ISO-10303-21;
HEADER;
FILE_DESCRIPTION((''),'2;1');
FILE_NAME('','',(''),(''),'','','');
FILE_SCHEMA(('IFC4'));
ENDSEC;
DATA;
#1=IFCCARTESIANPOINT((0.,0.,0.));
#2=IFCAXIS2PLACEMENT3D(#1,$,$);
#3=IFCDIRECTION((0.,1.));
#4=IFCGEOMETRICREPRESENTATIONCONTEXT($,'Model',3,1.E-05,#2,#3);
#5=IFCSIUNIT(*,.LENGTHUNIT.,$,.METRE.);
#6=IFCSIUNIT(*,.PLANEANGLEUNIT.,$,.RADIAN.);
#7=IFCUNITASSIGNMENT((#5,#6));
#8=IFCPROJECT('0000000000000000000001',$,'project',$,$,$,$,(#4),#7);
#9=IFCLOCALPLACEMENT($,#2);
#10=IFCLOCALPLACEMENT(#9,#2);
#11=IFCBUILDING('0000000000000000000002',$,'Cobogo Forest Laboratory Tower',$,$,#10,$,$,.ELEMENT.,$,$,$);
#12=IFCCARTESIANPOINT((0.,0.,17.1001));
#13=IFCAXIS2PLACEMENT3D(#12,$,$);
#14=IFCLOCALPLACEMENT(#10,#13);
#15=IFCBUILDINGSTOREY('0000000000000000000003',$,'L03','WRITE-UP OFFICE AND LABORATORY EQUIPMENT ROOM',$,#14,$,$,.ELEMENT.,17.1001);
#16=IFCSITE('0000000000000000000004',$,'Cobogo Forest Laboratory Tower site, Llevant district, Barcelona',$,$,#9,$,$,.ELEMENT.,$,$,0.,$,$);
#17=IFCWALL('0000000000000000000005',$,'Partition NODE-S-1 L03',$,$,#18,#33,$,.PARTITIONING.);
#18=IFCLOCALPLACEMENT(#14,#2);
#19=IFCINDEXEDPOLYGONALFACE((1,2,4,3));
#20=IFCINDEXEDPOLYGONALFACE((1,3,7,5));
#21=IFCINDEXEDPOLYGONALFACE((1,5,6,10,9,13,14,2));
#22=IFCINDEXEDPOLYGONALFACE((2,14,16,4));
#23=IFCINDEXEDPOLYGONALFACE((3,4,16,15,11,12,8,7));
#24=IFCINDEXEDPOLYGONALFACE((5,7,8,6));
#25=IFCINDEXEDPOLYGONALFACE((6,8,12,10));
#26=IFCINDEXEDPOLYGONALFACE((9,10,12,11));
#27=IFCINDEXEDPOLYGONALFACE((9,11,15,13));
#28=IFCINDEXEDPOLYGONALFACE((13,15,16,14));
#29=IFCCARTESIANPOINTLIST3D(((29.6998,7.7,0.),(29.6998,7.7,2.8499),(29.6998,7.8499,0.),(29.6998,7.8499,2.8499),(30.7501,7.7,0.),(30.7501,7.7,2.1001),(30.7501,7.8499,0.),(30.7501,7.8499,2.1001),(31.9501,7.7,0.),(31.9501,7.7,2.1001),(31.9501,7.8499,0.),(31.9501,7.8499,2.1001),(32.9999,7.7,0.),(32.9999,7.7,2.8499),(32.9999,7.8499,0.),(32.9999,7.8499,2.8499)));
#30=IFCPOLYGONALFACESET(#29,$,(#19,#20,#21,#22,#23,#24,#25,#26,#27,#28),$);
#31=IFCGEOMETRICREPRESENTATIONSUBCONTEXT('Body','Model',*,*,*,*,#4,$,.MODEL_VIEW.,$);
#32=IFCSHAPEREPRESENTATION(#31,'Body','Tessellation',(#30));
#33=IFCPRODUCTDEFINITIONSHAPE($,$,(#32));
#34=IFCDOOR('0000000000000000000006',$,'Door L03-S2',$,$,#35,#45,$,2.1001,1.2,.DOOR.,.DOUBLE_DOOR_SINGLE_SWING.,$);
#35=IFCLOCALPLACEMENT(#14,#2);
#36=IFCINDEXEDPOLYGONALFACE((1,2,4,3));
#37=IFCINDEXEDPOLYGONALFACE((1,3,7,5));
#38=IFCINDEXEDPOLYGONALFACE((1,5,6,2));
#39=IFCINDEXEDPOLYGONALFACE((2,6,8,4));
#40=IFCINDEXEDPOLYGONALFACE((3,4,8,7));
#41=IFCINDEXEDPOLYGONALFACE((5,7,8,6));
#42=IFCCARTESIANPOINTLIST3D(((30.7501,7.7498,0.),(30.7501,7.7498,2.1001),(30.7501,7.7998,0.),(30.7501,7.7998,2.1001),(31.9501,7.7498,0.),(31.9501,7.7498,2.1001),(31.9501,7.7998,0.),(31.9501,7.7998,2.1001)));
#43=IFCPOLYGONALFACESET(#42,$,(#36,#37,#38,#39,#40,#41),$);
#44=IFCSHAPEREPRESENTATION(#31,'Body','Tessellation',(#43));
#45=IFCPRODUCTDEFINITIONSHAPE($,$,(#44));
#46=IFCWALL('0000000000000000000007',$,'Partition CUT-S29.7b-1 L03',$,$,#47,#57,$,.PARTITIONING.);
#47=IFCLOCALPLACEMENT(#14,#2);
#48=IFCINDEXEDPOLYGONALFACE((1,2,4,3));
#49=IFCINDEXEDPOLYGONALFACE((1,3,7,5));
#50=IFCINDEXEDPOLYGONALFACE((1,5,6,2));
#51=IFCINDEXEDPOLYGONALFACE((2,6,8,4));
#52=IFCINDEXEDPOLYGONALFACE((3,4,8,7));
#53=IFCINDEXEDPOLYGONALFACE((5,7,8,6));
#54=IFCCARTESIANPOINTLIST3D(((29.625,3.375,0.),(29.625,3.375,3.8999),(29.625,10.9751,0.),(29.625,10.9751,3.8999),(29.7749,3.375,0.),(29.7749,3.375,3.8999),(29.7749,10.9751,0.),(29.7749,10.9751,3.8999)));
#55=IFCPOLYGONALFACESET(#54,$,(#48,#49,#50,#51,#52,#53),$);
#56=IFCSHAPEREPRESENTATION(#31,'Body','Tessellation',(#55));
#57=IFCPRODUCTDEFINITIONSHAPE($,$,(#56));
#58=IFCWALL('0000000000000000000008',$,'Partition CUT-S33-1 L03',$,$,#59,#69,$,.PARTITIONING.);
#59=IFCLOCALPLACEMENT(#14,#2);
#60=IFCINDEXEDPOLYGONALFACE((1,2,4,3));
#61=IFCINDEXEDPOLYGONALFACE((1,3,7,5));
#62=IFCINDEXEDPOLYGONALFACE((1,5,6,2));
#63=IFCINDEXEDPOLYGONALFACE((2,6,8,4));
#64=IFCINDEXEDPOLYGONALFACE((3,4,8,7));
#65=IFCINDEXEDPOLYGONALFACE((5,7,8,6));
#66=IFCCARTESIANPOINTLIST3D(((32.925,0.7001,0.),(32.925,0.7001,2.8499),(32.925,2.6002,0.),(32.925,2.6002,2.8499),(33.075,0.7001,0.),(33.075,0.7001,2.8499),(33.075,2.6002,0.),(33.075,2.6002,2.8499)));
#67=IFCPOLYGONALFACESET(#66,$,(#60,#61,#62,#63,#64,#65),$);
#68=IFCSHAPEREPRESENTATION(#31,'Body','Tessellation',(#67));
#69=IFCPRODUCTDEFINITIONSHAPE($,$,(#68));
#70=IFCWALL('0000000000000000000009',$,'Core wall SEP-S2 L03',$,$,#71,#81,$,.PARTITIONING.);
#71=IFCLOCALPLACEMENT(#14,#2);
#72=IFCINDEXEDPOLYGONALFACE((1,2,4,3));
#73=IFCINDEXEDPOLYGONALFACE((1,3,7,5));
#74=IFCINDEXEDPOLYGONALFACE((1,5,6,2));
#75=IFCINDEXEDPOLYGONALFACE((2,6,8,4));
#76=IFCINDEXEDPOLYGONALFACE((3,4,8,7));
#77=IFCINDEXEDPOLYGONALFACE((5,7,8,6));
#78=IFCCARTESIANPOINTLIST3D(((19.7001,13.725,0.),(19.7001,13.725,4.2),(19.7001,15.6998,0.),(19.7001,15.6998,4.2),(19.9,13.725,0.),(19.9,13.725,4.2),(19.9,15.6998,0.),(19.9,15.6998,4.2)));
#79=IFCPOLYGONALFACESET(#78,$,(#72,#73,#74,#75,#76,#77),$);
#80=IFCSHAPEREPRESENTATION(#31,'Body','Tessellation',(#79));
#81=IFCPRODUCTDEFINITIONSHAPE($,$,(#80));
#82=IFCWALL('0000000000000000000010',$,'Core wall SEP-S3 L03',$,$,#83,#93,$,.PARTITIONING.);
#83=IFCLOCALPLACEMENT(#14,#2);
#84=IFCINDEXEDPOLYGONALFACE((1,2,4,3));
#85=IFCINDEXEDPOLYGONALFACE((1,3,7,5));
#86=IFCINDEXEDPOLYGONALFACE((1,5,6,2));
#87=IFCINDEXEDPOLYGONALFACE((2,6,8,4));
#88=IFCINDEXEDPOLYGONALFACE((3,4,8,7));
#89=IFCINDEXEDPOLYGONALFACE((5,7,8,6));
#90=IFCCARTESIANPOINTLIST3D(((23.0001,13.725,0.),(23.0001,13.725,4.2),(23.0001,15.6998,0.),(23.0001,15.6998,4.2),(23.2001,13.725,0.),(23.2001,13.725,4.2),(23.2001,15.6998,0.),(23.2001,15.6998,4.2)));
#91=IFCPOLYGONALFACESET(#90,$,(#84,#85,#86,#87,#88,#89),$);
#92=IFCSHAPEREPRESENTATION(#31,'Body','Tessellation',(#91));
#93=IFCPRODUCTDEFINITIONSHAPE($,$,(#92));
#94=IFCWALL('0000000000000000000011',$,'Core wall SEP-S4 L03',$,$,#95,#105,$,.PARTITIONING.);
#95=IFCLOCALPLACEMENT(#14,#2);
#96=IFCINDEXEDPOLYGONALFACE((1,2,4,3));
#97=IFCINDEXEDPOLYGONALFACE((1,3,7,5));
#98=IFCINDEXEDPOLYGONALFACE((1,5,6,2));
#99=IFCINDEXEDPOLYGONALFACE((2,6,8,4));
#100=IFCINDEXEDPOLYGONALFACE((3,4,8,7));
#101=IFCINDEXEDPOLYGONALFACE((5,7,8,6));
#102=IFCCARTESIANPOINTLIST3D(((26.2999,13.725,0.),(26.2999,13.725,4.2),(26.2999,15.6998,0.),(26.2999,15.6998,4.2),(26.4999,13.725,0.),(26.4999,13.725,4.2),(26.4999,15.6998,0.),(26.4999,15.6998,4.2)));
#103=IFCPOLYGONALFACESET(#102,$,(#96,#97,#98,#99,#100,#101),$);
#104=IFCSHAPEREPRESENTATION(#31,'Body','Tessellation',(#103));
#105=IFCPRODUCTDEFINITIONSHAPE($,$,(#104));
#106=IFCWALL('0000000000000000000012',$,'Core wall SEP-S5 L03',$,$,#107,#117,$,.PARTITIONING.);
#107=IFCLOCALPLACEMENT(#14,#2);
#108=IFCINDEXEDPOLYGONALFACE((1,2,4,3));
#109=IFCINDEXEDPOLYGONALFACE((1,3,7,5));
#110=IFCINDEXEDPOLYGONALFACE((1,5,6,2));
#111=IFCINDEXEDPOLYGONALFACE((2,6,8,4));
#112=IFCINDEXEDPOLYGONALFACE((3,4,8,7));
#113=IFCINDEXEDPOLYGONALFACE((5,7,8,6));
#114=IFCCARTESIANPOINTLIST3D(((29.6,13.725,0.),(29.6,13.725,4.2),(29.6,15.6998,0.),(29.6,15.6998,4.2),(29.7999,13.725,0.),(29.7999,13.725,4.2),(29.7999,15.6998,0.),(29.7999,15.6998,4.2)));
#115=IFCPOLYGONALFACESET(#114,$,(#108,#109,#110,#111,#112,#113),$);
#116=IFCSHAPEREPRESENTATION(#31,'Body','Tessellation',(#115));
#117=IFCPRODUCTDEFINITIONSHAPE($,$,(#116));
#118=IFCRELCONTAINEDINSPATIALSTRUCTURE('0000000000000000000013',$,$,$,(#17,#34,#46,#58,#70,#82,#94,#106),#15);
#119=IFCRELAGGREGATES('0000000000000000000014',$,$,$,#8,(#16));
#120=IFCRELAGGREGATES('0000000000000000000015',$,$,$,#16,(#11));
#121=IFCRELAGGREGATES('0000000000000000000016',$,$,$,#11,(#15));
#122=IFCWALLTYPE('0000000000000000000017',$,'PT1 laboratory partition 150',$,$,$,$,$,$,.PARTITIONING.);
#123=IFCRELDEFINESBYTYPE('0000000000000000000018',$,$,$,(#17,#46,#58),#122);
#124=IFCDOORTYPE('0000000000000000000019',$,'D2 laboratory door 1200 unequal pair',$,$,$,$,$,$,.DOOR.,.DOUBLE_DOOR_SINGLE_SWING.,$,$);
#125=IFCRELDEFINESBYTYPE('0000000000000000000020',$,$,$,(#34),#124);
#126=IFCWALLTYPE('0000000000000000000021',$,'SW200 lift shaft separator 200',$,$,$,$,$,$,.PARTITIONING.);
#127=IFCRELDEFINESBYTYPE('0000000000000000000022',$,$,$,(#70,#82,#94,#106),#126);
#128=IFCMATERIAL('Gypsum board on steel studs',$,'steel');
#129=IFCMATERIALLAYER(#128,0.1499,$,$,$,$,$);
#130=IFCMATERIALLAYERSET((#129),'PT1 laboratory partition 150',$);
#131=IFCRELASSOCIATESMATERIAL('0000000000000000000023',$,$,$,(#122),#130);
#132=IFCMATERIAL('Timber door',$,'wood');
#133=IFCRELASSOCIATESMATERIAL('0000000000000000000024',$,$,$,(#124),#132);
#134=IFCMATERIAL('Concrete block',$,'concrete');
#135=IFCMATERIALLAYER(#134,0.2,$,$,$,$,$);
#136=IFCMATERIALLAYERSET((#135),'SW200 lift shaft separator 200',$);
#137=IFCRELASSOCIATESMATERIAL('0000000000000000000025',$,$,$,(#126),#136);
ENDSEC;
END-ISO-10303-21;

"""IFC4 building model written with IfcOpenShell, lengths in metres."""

from ifc_helpers import new_model, si_unit, direction, frame, frame_2d, origin, place, context, subcontext, project, spatial, rectangle, extrude, material, layer, layer_set, type_object, element, fill, save


model = new_model("IFC4")

# Units and contexts
model_context = context("Model", 3, precision=1e-05, world=origin(), true_north=direction((0.0, 1.0)))
body_context = subcontext(model_context, "Body", "Model", "MODEL_VIEW")
ifc_project = project(units=[si_unit("LENGTHUNIT", "METRE"), si_unit("PLANEANGLEUNIT", "RADIAN")], contexts=[model_context])

# Site, building, storey
site_placement = place(None, origin())
site = spatial("IfcSite", under=ifc_project, at=site_placement, Name="Cobogo Forest Laboratory Tower site, Llevant district, Barcelona", CompositionType="ELEMENT", RefElevation=0.0)
building_placement = place(site_placement, origin())
building = spatial("IfcBuilding", under=site, at=building_placement, Name="Cobogo Forest Laboratory Tower", CompositionType="ELEMENT")
storey_placement = place(building_placement, frame((0.0, 0.0, 17.1001)))
storey = spatial("IfcBuildingStorey", under=building, at=storey_placement, Name="L03", Description="WRITE-UP OFFICE AND LABORATORY EQUIPMENT ROOM", CompositionType="ELEMENT", Elevation=17.1001)

# Wall, opening, door
ifc_material_1 = material(Name="Gypsum board on steel studs", Category="steel")
ifc_layer_1 = layer(ifc_material_1, 0.1499)
ifc_layer_set_1 = layer_set([ifc_layer_1], Name="PT1 laboratory partition 150")
wall_type_1 = type_object("IfcWallType", Name="PT1 laboratory partition 150", PredefinedType="PARTITIONING", material=ifc_layer_set_1)
wall_1_placement = place(storey_placement, frame((29.7, 7.7749, 0.0), z_axis=(0.0, 0.0, 1.0), x_axis=(1.0, 0.0, 0.0)))
wall_1 = element("IfcWall", 1, at=wall_1_placement, inside=storey, type_object=wall_type_1, Name="Partition NODE-S-1 L03", PredefinedType="PARTITIONING", context=body_context, shape_type="SweptSolid", body=[
    extrude(rectangle(XDim=3.3, YDim=0.1499, at=frame_2d((1.6499, 0.0))), origin(), (0.0, 0.0, 1.0), 2.8499),
])
opening_1_placement = place(wall_1_placement, frame((1.05, 0.0, 0.0)))
opening_1 = element("IfcOpeningElement", 2, at=opening_1_placement, cuts=wall_1, PredefinedType="OPENING", context=body_context, shape_type="SweptSolid", body=[
    extrude(rectangle(XDim=1.2, YDim=2.1001, at=frame_2d((0.6001, 1.05))), frame((0.0, 0.085, 0.0), z_axis=(0.0, -1.0, 0.0), x_axis=(1.0, 0.0, 0.0)), (0.0, 0.0, 1.0), 0.1699),
])
ifc_material_2 = material(Name="Timber door", Category="wood")
door_type_1 = type_object("IfcDoorType", Name="D2 laboratory door 1200 unequal pair", OperationType="DOUBLE_DOOR_SINGLE_SWING", PredefinedType="DOOR", material=ifc_material_2)
door_1_placement = place(opening_1_placement, origin())
door_1 = element("IfcDoor", 3, at=door_1_placement, inside=storey, type_object=door_type_1, Name="Door L03-S2", OperationType="DOUBLE_DOOR_SINGLE_SWING", OverallHeight=2.1001, OverallWidth=1.2, PredefinedType="DOOR", context=body_context, shape_type="SweptSolid", body=[
    extrude(rectangle(XDim=1.2, YDim=2.1001, at=frame_2d((0.6001, 1.05))), frame((0.0, 0.0249, 0.0), z_axis=(0.0, -1.0, 0.0), x_axis=(1.0, 0.0, 0.0)), (0.0, 0.0, 1.0), 0.05),
])
fill(opening_1, door_1)

# Walls
wall_2_placement = place(storey_placement, frame((29.7, 3.375, 0.0), z_axis=(0.0, 0.0, 1.0), x_axis=(0.0, 1.0, 0.0)))
element("IfcWall", 4, at=wall_2_placement, inside=storey, type_object=wall_type_1, Name="Partition CUT-S29.7b-1 L03", PredefinedType="PARTITIONING", context=body_context, shape_type="SweptSolid", body=[
    extrude(rectangle(XDim=7.6001, YDim=0.1499, at=frame_2d((3.8, 0.0))), origin(), (0.0, 0.0, 1.0), 3.8999),
])
wall_3_placement = place(storey_placement, frame((33.0, 0.7, 0.0), z_axis=(0.0, 0.0, 1.0), x_axis=(0.0, 1.0, 0.0)))
element("IfcWall", 5, at=wall_3_placement, inside=storey, type_object=wall_type_1, Name="Partition CUT-S33-1 L03", PredefinedType="PARTITIONING", context=body_context, shape_type="SweptSolid", body=[
    extrude(rectangle(XDim=1.9001, YDim=0.1499, at=frame_2d((0.9502, 0.0))), origin(), (0.0, 0.0, 1.0), 2.8499),
])
ifc_material_3 = material(Name="Concrete block", Category="concrete")
ifc_layer_2 = layer(ifc_material_3, 0.2)
ifc_layer_set_2 = layer_set([ifc_layer_2], Name="SW200 lift shaft separator 200")
wall_type_2 = type_object("IfcWallType", Name="SW200 lift shaft separator 200", PredefinedType="PARTITIONING", material=ifc_layer_set_2)
for number, where, z_axis, x_axis, name in (
    (6, (19.8, 13.7251, 0.0), (0.0, 0.0, 1.0), (0.0, 1.0, 0.0), "Core wall SEP-S2 L03"),
    (7, (23.1001, 13.7251, 0.0), (0.0, 0.0, 1.0), (0.0, 1.0, 0.0), "Core wall SEP-S3 L03"),
    (8, (26.3999, 13.7251, 0.0), (0.0, 0.0, 1.0), (0.0, 1.0, 0.0), "Core wall SEP-S4 L03"),
    (9, (29.7, 13.7251, 0.0), (0.0, 0.0, 1.0), (0.0, 1.0, 0.0), "Core wall SEP-S5 L03"),
):
    element("IfcWall", number, at=place(storey_placement, frame(where, z_axis=z_axis, x_axis=x_axis)), inside=storey, type_object=wall_type_2, Name=name, PredefinedType="PARTITIONING", context=body_context, shape_type="SweptSolid", body=[
        extrude(rectangle(XDim=1.9749, YDim=0.2, at=frame_2d((0.9873, 0.0))), origin(), (0.0, 0.0, 1.0), 4.2),
    ])

save(model, "model.ifc")
